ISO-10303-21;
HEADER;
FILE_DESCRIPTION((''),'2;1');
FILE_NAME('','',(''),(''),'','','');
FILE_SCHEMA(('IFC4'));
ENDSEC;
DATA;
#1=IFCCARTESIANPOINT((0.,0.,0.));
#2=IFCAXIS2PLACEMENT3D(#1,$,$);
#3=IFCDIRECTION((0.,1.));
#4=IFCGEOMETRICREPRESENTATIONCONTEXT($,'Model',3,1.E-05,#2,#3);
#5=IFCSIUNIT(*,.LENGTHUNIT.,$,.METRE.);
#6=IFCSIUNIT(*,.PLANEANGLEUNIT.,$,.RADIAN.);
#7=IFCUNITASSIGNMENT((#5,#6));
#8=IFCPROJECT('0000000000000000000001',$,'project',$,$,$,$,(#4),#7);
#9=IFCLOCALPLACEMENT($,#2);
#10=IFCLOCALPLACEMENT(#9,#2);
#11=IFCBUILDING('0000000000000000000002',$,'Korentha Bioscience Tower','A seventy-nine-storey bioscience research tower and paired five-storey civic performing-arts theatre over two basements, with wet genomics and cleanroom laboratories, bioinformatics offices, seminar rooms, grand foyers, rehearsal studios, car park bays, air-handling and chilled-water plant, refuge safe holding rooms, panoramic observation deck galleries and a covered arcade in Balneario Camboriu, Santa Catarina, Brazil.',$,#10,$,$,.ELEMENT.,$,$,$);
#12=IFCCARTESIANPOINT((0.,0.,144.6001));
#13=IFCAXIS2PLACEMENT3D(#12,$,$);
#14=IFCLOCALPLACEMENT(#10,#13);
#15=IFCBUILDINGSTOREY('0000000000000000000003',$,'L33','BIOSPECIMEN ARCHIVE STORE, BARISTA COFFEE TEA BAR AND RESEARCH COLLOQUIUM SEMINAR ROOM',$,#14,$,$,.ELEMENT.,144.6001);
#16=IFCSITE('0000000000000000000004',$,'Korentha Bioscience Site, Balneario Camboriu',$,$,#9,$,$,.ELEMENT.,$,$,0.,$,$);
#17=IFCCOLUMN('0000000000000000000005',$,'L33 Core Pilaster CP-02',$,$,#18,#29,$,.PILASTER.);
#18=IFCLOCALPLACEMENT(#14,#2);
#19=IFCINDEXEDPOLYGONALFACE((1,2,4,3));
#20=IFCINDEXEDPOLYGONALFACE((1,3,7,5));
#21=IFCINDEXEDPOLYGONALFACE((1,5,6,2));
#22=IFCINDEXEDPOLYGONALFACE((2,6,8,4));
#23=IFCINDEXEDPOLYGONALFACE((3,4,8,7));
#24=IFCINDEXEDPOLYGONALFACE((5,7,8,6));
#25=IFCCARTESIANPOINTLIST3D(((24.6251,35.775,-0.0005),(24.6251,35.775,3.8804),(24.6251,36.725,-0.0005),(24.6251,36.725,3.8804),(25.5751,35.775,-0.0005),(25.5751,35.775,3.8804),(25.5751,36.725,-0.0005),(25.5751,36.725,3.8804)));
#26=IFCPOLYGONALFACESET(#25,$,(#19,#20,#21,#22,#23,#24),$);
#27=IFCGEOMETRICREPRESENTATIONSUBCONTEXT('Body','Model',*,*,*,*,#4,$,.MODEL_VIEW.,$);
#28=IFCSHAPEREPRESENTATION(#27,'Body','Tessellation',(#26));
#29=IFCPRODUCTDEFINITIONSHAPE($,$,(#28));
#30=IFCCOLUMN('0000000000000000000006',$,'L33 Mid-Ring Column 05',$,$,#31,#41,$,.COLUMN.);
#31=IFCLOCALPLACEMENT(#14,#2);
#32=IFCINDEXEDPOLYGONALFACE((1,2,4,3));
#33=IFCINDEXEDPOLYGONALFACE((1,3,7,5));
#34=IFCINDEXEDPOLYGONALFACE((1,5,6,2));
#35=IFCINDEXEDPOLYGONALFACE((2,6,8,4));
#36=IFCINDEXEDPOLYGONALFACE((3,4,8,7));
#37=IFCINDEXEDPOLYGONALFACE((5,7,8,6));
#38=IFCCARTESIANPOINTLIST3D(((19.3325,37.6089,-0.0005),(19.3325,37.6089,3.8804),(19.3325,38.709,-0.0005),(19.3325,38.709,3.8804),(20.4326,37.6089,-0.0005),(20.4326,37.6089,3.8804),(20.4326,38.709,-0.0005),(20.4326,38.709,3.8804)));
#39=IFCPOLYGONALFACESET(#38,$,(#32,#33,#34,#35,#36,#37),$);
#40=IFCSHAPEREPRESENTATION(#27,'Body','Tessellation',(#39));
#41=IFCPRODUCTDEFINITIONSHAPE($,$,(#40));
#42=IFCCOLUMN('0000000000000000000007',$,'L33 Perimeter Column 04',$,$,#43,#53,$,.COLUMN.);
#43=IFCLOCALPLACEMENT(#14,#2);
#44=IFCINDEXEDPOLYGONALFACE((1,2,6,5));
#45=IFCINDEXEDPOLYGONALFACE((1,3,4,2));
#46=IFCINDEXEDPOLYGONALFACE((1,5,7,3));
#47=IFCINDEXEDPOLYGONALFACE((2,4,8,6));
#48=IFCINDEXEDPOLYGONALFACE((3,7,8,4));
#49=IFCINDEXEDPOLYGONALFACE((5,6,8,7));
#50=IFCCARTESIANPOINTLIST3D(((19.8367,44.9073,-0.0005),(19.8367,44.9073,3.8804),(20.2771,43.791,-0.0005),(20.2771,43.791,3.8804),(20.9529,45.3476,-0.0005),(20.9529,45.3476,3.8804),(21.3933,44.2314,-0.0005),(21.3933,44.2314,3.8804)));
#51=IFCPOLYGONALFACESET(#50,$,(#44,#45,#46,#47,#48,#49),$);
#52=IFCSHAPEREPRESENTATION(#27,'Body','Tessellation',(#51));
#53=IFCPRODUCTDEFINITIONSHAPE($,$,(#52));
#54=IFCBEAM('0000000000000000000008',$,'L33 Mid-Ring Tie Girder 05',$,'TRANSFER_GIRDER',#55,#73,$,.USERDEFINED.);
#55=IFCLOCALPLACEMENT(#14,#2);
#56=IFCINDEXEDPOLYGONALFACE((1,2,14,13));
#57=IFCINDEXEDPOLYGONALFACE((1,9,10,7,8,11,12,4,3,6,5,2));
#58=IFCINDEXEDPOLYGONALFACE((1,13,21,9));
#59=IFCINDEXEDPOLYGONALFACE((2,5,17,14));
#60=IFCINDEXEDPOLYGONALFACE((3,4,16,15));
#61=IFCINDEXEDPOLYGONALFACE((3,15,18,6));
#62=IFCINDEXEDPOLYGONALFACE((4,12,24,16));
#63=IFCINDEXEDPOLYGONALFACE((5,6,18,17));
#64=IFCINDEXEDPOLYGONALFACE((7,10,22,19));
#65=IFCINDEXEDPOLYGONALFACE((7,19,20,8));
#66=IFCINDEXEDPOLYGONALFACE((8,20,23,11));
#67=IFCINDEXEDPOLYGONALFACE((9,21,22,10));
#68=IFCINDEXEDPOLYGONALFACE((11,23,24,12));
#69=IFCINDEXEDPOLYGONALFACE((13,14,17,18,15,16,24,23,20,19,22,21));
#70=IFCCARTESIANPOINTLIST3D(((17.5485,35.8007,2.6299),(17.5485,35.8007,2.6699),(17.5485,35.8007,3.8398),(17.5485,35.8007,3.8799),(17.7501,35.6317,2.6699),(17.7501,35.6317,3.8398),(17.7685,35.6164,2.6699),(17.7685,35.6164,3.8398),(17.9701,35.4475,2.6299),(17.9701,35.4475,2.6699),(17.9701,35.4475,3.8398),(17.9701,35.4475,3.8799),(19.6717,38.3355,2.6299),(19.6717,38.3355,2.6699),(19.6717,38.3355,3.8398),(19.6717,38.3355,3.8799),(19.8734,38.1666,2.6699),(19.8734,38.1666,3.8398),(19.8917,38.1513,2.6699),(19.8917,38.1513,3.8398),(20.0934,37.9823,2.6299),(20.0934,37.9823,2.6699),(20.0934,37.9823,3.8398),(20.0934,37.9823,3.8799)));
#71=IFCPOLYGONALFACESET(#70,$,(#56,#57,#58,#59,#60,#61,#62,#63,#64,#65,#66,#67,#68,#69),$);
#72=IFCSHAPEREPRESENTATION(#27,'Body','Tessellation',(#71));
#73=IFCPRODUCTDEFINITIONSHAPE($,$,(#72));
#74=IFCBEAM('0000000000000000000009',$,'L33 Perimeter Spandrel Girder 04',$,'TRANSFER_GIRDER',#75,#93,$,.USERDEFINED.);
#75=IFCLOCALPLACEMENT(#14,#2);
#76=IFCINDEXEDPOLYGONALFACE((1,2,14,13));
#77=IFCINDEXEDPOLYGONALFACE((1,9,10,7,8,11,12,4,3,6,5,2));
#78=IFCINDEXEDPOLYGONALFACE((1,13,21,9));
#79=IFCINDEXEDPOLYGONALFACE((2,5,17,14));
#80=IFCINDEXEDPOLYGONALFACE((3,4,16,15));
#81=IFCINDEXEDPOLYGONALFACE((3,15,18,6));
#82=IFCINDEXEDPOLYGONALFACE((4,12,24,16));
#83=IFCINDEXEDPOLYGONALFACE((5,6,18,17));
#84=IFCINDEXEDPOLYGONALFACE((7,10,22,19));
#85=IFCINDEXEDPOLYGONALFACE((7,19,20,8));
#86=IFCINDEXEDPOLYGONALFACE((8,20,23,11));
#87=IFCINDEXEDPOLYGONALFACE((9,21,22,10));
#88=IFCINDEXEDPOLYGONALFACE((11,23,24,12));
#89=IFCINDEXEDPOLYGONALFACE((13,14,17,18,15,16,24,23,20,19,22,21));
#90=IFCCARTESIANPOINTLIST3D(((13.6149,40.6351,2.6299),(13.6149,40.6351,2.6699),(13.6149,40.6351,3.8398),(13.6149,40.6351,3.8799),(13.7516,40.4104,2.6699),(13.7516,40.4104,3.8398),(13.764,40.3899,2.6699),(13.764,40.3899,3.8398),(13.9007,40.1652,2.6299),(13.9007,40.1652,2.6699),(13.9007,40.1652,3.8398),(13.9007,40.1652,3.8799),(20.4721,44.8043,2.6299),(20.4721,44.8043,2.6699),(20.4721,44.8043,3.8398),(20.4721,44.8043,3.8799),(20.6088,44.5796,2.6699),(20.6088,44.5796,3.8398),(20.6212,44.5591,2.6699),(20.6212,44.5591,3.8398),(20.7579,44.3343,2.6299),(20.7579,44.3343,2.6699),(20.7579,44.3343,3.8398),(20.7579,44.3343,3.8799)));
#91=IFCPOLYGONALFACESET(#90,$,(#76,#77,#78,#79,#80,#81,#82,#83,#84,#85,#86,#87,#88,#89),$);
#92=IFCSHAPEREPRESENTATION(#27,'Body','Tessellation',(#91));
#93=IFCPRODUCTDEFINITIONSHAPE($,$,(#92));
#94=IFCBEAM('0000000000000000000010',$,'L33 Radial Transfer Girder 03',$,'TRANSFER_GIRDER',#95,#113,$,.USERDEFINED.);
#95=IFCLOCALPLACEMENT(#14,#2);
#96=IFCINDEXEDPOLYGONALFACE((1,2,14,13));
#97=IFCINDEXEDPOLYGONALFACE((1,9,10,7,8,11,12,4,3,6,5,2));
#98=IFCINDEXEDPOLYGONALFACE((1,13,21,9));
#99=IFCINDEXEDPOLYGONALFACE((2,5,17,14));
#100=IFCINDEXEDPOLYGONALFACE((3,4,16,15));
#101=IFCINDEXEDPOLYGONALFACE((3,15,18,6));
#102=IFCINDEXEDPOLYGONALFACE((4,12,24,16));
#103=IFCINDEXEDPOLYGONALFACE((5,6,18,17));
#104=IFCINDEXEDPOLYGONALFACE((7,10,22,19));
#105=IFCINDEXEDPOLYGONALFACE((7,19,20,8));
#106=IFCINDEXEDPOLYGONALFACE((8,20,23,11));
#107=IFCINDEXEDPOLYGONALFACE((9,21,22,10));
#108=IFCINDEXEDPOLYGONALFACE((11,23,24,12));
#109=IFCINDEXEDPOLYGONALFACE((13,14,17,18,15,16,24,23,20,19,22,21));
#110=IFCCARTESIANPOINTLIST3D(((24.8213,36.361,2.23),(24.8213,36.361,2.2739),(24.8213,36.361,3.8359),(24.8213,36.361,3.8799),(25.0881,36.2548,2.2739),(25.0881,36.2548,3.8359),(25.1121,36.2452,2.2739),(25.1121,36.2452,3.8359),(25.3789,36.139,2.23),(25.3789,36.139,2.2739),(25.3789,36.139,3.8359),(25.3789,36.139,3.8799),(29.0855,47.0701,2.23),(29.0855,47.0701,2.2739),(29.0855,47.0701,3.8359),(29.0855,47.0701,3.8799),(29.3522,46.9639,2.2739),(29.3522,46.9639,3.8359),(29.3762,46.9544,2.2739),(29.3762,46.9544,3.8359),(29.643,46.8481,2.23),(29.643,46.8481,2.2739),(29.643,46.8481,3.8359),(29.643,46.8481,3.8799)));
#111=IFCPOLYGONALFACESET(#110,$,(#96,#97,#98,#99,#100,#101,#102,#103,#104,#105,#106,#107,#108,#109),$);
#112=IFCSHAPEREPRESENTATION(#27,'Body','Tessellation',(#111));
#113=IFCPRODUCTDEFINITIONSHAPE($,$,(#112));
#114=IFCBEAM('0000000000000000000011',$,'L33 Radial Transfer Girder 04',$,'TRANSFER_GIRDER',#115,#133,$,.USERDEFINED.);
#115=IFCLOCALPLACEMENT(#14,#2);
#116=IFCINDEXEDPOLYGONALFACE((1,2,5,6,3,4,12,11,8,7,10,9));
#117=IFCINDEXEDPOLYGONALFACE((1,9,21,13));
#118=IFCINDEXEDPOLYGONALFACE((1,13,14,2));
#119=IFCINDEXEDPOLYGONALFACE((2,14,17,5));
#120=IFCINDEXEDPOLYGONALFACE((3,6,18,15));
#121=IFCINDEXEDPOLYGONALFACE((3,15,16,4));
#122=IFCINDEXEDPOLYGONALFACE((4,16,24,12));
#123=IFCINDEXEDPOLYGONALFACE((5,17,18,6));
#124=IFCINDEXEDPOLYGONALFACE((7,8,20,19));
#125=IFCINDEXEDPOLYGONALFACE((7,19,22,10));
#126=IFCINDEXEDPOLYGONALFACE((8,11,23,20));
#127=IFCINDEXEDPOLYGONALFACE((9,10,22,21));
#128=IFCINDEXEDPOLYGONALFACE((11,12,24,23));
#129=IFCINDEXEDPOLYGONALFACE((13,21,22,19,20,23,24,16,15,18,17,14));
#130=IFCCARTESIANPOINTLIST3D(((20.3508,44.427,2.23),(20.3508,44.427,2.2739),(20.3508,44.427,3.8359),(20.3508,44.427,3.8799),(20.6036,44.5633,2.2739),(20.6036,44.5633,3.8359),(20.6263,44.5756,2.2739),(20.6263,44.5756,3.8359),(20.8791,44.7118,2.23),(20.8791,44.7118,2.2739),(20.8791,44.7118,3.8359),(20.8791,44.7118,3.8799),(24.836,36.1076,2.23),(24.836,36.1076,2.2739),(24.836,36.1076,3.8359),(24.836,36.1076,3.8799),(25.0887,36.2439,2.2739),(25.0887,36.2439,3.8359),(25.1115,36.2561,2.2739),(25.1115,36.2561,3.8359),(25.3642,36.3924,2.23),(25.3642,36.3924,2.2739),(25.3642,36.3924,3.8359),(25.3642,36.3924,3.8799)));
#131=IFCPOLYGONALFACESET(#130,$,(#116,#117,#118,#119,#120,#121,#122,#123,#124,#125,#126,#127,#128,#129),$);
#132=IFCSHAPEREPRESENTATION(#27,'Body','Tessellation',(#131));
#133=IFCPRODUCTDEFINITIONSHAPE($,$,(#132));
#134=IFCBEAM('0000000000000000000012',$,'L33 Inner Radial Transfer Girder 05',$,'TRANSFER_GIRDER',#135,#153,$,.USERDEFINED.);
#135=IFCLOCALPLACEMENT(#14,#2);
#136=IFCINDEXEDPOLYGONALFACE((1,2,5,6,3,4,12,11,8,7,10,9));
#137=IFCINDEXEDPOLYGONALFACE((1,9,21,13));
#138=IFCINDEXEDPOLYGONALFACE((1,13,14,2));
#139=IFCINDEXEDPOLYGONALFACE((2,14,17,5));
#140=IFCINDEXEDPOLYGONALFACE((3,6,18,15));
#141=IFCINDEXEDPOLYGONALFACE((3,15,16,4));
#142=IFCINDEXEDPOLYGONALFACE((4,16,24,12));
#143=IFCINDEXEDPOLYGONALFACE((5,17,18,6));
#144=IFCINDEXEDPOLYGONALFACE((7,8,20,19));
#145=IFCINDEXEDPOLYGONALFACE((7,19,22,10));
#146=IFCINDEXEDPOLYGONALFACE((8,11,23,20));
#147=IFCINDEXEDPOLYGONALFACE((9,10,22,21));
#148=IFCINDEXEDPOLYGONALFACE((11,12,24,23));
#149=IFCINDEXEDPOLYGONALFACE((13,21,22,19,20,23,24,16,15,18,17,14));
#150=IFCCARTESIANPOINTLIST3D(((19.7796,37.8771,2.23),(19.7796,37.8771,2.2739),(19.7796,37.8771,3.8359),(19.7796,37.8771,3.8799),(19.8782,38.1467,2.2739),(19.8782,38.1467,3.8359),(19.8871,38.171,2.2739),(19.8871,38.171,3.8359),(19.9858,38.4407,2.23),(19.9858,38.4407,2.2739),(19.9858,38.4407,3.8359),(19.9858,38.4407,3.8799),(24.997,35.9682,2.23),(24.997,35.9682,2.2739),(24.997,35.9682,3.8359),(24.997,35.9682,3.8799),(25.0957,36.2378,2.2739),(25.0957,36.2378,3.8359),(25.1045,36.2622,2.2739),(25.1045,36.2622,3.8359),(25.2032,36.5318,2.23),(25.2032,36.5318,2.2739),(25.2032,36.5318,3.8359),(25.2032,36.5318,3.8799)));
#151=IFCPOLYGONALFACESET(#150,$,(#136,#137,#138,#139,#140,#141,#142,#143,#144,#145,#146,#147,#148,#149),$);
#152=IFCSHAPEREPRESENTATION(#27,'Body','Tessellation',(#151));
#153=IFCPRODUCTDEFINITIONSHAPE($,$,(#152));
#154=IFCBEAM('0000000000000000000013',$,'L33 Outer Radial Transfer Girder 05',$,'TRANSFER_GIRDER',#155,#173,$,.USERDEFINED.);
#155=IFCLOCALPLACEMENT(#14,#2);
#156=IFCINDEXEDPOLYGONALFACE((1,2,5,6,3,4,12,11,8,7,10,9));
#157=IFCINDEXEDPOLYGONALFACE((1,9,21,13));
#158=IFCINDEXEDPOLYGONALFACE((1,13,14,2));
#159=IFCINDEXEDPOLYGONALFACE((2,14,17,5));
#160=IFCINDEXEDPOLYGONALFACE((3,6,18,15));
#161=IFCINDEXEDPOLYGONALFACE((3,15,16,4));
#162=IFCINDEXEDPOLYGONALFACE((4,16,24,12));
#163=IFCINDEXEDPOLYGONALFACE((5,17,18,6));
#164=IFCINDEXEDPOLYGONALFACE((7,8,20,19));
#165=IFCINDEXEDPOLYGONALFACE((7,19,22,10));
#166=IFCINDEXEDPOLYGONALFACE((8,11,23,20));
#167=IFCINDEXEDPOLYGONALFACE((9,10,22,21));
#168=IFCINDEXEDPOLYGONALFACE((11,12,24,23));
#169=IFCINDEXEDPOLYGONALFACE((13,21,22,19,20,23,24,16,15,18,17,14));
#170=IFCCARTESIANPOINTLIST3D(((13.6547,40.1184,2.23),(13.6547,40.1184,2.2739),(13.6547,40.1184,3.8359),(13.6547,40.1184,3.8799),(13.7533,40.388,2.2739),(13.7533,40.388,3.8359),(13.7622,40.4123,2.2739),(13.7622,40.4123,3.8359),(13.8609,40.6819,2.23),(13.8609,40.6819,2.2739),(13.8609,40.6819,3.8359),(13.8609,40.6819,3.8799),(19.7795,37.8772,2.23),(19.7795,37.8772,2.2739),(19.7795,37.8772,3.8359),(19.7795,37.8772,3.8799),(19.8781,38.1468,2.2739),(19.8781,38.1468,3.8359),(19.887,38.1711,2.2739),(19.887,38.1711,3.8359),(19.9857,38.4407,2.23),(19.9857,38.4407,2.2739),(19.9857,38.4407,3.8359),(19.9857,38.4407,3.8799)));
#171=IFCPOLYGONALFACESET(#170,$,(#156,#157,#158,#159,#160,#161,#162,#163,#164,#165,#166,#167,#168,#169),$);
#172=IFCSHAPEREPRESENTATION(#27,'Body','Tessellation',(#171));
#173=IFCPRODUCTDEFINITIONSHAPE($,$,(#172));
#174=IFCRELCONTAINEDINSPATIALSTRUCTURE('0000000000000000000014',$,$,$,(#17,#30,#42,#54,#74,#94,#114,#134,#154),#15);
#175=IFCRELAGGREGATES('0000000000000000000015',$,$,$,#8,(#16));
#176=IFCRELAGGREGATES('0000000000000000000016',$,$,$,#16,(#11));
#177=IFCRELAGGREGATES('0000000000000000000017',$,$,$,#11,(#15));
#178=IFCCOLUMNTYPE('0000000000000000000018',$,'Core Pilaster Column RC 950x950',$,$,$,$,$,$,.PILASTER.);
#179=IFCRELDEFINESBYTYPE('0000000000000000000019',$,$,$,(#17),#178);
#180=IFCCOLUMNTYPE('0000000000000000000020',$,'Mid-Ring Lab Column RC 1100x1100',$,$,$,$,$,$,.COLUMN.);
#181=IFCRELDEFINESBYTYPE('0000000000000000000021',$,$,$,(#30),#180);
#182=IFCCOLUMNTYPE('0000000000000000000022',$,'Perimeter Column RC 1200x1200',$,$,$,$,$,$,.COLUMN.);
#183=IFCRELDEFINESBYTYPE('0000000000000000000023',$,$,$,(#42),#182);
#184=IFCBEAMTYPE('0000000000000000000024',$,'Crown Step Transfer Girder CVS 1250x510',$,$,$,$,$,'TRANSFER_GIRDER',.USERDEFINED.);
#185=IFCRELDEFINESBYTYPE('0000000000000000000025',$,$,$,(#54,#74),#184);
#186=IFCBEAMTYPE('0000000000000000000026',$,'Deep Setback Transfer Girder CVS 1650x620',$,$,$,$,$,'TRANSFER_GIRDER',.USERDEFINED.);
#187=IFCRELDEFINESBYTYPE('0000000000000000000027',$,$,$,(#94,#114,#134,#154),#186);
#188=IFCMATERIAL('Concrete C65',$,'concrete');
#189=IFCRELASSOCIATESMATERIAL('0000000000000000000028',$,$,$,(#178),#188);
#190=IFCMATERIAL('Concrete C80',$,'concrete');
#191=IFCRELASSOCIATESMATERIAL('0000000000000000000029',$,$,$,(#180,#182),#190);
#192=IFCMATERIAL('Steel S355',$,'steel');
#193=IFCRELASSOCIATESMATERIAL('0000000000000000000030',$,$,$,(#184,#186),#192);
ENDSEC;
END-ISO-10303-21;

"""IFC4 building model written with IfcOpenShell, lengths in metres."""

from ifc_helpers import new_model, si_unit, direction, frame, origin, origin_2d, place, context, subcontext, project, spatial, rectangle, i_section, extrude, material, material_profile, profile_set, type_object, element, save


model = new_model("IFC4")

# Units and contexts
model_context = context("Model", 3, precision=1e-05, world=origin(), true_north=direction((0.0, 1.0)))
body_context = subcontext(model_context, "Body", "Model", "MODEL_VIEW")
ifc_project = project(units=[si_unit("LENGTHUNIT", "METRE"), si_unit("PLANEANGLEUNIT", "RADIAN")], contexts=[model_context])

# Site, building, storey
site_placement = place(None, origin())
site = spatial("IfcSite", under=ifc_project, at=site_placement, Name="Korentha Bioscience Site, Balneario Camboriu", CompositionType="ELEMENT", RefElevation=0.0)
building_placement = place(site_placement, origin())
building = spatial("IfcBuilding", under=site, at=building_placement, Name="Korentha Bioscience Tower", Description="A seventy-nine-storey bioscience research tower and paired five-storey civic performing-arts theatre over two basements, with wet genomics and cleanroom laboratories, bioinformatics offices, seminar rooms, grand foyers, rehearsal studios, car park bays, air-handling and chilled-water plant, refuge safe holding rooms, panoramic observation deck galleries and a covered arcade in Balneario Camboriu, Santa Catarina, Brazil.", CompositionType="ELEMENT")
storey_placement = place(building_placement, frame((0.0, 0.0, 144.6001)))
storey = spatial("IfcBuildingStorey", under=building, at=storey_placement, Name="L33", Description="BIOSPECIMEN ARCHIVE STORE, BARISTA COFFEE TEA BAR AND RESEARCH COLLOQUIUM SEMINAR ROOM", CompositionType="ELEMENT", Elevation=144.6001)

# Columns
ifc_material_1 = material(Name="Concrete C65", Category="concrete")
ifc_material_profile_1 = material_profile(ifc_material_1, rectangle(XDim=0.95, YDim=0.95, at=origin_2d()), Name="Concrete C65")
ifc_profile_set_1 = profile_set([ifc_material_profile_1], Name="Concrete C65 (COL-CP09)")
column_type_1 = type_object("IfcColumnType", Name="Core Pilaster Column RC 950x950", PredefinedType="PILASTER", material=ifc_profile_set_1)
column_1_placement = place(storey_placement, frame((25.1001, 36.25, -0.0005), z_axis=(0.0, 0.0, 1.0), x_axis=(1.0, 0.0, 0.0)))
element("IfcColumn", 1, at=column_1_placement, inside=storey, type_object=column_type_1, Name="L33 Core Pilaster CP-02", PredefinedType="PILASTER", context=body_context, shape_type="SweptSolid", body=[
    extrude(rectangle(XDim=0.95, YDim=0.95, at=origin_2d()), origin(), (0.0, 0.0, 1.0), 3.8809),
])
ifc_material_2 = material(Name="Concrete C80", Category="concrete")
ifc_material_profile_2 = material_profile(ifc_material_2, rectangle(XDim=1.1001, YDim=1.1001, at=origin_2d()), Name="Concrete C80")
ifc_profile_set_2 = profile_set([ifc_material_profile_2], Name="Concrete C80 (COL-MR11)")
column_type_2 = type_object("IfcColumnType", Name="Mid-Ring Lab Column RC 1100x1100", PredefinedType="COLUMN", material=ifc_profile_set_2)
column_2_placement = place(storey_placement, frame((19.8826, 38.1589, -0.0005), z_axis=(0.0, 0.0, 1.0), x_axis=(1.0, 0.0, 0.0)))
element("IfcColumn", 2, at=column_2_placement, inside=storey, type_object=column_type_2, Name="L33 Mid-Ring Column 05", PredefinedType="COLUMN", context=body_context, shape_type="SweptSolid", body=[
    extrude(rectangle(XDim=1.1001, YDim=1.1001, at=origin_2d()), origin(), (0.0, 0.0, 1.0), 3.8809),
])
ifc_material_profile_3 = material_profile(ifc_material_2, rectangle(XDim=1.2, YDim=1.2, at=origin_2d()), Name="Concrete C80")
ifc_profile_set_3 = profile_set([ifc_material_profile_3], Name="Concrete C80 (COL-P12)")
column_type_3 = type_object("IfcColumnType", Name="Perimeter Column RC 1200x1200", PredefinedType="COLUMN", material=ifc_profile_set_3)
column_3_placement = place(storey_placement, frame((20.615, 44.5693, -0.0005), z_axis=(0.0, 0.0, 1.0), x_axis=(0.930226, 0.366988, 0.0)))
element("IfcColumn", 3, at=column_3_placement, inside=storey, type_object=column_type_3, Name="L33 Perimeter Column 04", PredefinedType="COLUMN", context=body_context, shape_type="SweptSolid", body=[
    extrude(rectangle(XDim=1.2, YDim=1.2, at=origin_2d()), origin(), (0.0, 0.0, 1.0), 3.8809),
])

# Beams
ifc_material_3 = material(Name="Steel S355", Category="steel")
ifc_material_profile_4 = material_profile(ifc_material_3, i_section(OverallWidth=0.55, OverallDepth=1.25, WebThickness=0.0239, FlangeThickness=0.04, at=origin_2d()), Name="Steel S355")
ifc_profile_set_4 = profile_set([ifc_material_profile_4], Name="Steel S355 (TG-03)")
beam_type_1 = type_object("IfcBeamType", Name="Crown Step Transfer Girder CVS 1250x510", ElementType="TRANSFER_GIRDER", PredefinedType="USERDEFINED", material=ifc_profile_set_4)
beam_1_placement = place(storey_placement, frame((19.8826, 38.1589, 3.2549), z_axis=(-0.642121, -0.766603, 0.0), x_axis=(0.766603, -0.642121, 0.0)))
element("IfcBeam", 4, at=beam_1_placement, inside=storey, type_object=beam_type_1, Name="L33 Mid-Ring Tie Girder 05", ObjectType="TRANSFER_GIRDER", PredefinedType="USERDEFINED", context=body_context, shape_type="SweptSolid", body=[
    extrude(i_section(OverallWidth=0.55, OverallDepth=1.25, WebThickness=0.0239, FlangeThickness=0.04, at=origin_2d()), origin(), (0.0, 0.0, 1.0), 3.3066),
])
beam_2_placement = place(storey_placement, frame((20.615, 44.5693, 3.2549), z_axis=(-0.854461, -0.519515, 0.0), x_axis=(0.519515, -0.854461, 0.0)))
element("IfcBeam", 5, at=beam_2_placement, inside=storey, type_object=beam_type_1, Name="L33 Perimeter Spandrel Girder 04", ObjectType="TRANSFER_GIRDER", PredefinedType="USERDEFINED", context=body_context, shape_type="SweptSolid", body=[
    extrude(i_section(OverallWidth=0.55, OverallDepth=1.25, WebThickness=0.0239, FlangeThickness=0.04, at=origin_2d()), origin(), (0.0, 0.0, 1.0), 8.0251),
])
ifc_material_profile_5 = material_profile(ifc_material_3, i_section(OverallWidth=0.6001, OverallDepth=1.6499, WebThickness=0.0259, FlangeThickness=0.0439, at=origin_2d()), Name="Steel S355")
ifc_profile_set_5 = profile_set([ifc_material_profile_5], Name="Steel S355 (TG-04)")
beam_type_2 = type_object("IfcBeamType", Name="Deep Setback Transfer Girder CVS 1650x620", ElementType="TRANSFER_GIRDER", PredefinedType="USERDEFINED", material=ifc_profile_set_5)
beam_3_placement = place(storey_placement, frame((25.1001, 36.25, 3.0549), z_axis=(0.36993, 0.92906, 0.0), x_axis=(-0.92906, 0.36993, 0.0)))
element("IfcBeam", 6, at=beam_3_placement, inside=storey, type_object=beam_type_2, Name="L33 Radial Transfer Girder 03", ObjectType="TRANSFER_GIRDER", PredefinedType="USERDEFINED", context=body_context, shape_type="SweptSolid", body=[
    extrude(i_section(OverallWidth=0.6001, OverallDepth=1.6499, WebThickness=0.0259, FlangeThickness=0.0439, at=origin_2d()), origin(), (0.0, 0.0, 1.0), 11.5269),
])
beam_4_placement = place(storey_placement, frame((25.1001, 36.25, 3.0549), z_axis=(-0.474548, 0.88023, 0.0), x_axis=(-0.88023, -0.474548, 0.0)))
element("IfcBeam", 7, at=beam_4_placement, inside=storey, type_object=beam_type_2, Name="L33 Radial Transfer Girder 04", ObjectType="TRANSFER_GIRDER", PredefinedType="USERDEFINED", context=body_context, shape_type="SweptSolid", body=[
    extrude(i_section(OverallWidth=0.6001, OverallDepth=1.6499, WebThickness=0.0259, FlangeThickness=0.0439, at=origin_2d()), origin(), (0.0, 0.0, 1.0), 9.4514),
])
beam_5_placement = place(storey_placement, frame((25.1001, 36.25, 3.0549), z_axis=(-0.939118, 0.343595, 0.0), x_axis=(-0.343595, -0.939118, 0.0)))
element("IfcBeam", 8, at=beam_5_placement, inside=storey, type_object=beam_type_2, Name="L33 Inner Radial Transfer Girder 05", ObjectType="TRANSFER_GIRDER", PredefinedType="USERDEFINED", context=body_context, shape_type="SweptSolid", body=[
    extrude(i_section(OverallWidth=0.6001, OverallDepth=1.6499, WebThickness=0.0259, FlangeThickness=0.0439, at=origin_2d()), origin(), (0.0, 0.0, 1.0), 5.5557),
])
beam_6_placement = place(storey_placement, frame((19.8826, 38.1589, 3.0549), z_axis=(-0.939101, 0.343642, 0.0), x_axis=(-0.343642, -0.939101, 0.0)))
element("IfcBeam", 9, at=beam_6_placement, inside=storey, type_object=beam_type_2, Name="L33 Outer Radial Transfer Girder 05", ObjectType="TRANSFER_GIRDER", PredefinedType="USERDEFINED", context=body_context, shape_type="SweptSolid", body=[
    extrude(i_section(OverallWidth=0.6001, OverallDepth=1.6499, WebThickness=0.0259, FlangeThickness=0.0439, at=origin_2d()), origin(), (0.0, 0.0, 1.0), 6.522),
])

save(model, "model.ifc")
